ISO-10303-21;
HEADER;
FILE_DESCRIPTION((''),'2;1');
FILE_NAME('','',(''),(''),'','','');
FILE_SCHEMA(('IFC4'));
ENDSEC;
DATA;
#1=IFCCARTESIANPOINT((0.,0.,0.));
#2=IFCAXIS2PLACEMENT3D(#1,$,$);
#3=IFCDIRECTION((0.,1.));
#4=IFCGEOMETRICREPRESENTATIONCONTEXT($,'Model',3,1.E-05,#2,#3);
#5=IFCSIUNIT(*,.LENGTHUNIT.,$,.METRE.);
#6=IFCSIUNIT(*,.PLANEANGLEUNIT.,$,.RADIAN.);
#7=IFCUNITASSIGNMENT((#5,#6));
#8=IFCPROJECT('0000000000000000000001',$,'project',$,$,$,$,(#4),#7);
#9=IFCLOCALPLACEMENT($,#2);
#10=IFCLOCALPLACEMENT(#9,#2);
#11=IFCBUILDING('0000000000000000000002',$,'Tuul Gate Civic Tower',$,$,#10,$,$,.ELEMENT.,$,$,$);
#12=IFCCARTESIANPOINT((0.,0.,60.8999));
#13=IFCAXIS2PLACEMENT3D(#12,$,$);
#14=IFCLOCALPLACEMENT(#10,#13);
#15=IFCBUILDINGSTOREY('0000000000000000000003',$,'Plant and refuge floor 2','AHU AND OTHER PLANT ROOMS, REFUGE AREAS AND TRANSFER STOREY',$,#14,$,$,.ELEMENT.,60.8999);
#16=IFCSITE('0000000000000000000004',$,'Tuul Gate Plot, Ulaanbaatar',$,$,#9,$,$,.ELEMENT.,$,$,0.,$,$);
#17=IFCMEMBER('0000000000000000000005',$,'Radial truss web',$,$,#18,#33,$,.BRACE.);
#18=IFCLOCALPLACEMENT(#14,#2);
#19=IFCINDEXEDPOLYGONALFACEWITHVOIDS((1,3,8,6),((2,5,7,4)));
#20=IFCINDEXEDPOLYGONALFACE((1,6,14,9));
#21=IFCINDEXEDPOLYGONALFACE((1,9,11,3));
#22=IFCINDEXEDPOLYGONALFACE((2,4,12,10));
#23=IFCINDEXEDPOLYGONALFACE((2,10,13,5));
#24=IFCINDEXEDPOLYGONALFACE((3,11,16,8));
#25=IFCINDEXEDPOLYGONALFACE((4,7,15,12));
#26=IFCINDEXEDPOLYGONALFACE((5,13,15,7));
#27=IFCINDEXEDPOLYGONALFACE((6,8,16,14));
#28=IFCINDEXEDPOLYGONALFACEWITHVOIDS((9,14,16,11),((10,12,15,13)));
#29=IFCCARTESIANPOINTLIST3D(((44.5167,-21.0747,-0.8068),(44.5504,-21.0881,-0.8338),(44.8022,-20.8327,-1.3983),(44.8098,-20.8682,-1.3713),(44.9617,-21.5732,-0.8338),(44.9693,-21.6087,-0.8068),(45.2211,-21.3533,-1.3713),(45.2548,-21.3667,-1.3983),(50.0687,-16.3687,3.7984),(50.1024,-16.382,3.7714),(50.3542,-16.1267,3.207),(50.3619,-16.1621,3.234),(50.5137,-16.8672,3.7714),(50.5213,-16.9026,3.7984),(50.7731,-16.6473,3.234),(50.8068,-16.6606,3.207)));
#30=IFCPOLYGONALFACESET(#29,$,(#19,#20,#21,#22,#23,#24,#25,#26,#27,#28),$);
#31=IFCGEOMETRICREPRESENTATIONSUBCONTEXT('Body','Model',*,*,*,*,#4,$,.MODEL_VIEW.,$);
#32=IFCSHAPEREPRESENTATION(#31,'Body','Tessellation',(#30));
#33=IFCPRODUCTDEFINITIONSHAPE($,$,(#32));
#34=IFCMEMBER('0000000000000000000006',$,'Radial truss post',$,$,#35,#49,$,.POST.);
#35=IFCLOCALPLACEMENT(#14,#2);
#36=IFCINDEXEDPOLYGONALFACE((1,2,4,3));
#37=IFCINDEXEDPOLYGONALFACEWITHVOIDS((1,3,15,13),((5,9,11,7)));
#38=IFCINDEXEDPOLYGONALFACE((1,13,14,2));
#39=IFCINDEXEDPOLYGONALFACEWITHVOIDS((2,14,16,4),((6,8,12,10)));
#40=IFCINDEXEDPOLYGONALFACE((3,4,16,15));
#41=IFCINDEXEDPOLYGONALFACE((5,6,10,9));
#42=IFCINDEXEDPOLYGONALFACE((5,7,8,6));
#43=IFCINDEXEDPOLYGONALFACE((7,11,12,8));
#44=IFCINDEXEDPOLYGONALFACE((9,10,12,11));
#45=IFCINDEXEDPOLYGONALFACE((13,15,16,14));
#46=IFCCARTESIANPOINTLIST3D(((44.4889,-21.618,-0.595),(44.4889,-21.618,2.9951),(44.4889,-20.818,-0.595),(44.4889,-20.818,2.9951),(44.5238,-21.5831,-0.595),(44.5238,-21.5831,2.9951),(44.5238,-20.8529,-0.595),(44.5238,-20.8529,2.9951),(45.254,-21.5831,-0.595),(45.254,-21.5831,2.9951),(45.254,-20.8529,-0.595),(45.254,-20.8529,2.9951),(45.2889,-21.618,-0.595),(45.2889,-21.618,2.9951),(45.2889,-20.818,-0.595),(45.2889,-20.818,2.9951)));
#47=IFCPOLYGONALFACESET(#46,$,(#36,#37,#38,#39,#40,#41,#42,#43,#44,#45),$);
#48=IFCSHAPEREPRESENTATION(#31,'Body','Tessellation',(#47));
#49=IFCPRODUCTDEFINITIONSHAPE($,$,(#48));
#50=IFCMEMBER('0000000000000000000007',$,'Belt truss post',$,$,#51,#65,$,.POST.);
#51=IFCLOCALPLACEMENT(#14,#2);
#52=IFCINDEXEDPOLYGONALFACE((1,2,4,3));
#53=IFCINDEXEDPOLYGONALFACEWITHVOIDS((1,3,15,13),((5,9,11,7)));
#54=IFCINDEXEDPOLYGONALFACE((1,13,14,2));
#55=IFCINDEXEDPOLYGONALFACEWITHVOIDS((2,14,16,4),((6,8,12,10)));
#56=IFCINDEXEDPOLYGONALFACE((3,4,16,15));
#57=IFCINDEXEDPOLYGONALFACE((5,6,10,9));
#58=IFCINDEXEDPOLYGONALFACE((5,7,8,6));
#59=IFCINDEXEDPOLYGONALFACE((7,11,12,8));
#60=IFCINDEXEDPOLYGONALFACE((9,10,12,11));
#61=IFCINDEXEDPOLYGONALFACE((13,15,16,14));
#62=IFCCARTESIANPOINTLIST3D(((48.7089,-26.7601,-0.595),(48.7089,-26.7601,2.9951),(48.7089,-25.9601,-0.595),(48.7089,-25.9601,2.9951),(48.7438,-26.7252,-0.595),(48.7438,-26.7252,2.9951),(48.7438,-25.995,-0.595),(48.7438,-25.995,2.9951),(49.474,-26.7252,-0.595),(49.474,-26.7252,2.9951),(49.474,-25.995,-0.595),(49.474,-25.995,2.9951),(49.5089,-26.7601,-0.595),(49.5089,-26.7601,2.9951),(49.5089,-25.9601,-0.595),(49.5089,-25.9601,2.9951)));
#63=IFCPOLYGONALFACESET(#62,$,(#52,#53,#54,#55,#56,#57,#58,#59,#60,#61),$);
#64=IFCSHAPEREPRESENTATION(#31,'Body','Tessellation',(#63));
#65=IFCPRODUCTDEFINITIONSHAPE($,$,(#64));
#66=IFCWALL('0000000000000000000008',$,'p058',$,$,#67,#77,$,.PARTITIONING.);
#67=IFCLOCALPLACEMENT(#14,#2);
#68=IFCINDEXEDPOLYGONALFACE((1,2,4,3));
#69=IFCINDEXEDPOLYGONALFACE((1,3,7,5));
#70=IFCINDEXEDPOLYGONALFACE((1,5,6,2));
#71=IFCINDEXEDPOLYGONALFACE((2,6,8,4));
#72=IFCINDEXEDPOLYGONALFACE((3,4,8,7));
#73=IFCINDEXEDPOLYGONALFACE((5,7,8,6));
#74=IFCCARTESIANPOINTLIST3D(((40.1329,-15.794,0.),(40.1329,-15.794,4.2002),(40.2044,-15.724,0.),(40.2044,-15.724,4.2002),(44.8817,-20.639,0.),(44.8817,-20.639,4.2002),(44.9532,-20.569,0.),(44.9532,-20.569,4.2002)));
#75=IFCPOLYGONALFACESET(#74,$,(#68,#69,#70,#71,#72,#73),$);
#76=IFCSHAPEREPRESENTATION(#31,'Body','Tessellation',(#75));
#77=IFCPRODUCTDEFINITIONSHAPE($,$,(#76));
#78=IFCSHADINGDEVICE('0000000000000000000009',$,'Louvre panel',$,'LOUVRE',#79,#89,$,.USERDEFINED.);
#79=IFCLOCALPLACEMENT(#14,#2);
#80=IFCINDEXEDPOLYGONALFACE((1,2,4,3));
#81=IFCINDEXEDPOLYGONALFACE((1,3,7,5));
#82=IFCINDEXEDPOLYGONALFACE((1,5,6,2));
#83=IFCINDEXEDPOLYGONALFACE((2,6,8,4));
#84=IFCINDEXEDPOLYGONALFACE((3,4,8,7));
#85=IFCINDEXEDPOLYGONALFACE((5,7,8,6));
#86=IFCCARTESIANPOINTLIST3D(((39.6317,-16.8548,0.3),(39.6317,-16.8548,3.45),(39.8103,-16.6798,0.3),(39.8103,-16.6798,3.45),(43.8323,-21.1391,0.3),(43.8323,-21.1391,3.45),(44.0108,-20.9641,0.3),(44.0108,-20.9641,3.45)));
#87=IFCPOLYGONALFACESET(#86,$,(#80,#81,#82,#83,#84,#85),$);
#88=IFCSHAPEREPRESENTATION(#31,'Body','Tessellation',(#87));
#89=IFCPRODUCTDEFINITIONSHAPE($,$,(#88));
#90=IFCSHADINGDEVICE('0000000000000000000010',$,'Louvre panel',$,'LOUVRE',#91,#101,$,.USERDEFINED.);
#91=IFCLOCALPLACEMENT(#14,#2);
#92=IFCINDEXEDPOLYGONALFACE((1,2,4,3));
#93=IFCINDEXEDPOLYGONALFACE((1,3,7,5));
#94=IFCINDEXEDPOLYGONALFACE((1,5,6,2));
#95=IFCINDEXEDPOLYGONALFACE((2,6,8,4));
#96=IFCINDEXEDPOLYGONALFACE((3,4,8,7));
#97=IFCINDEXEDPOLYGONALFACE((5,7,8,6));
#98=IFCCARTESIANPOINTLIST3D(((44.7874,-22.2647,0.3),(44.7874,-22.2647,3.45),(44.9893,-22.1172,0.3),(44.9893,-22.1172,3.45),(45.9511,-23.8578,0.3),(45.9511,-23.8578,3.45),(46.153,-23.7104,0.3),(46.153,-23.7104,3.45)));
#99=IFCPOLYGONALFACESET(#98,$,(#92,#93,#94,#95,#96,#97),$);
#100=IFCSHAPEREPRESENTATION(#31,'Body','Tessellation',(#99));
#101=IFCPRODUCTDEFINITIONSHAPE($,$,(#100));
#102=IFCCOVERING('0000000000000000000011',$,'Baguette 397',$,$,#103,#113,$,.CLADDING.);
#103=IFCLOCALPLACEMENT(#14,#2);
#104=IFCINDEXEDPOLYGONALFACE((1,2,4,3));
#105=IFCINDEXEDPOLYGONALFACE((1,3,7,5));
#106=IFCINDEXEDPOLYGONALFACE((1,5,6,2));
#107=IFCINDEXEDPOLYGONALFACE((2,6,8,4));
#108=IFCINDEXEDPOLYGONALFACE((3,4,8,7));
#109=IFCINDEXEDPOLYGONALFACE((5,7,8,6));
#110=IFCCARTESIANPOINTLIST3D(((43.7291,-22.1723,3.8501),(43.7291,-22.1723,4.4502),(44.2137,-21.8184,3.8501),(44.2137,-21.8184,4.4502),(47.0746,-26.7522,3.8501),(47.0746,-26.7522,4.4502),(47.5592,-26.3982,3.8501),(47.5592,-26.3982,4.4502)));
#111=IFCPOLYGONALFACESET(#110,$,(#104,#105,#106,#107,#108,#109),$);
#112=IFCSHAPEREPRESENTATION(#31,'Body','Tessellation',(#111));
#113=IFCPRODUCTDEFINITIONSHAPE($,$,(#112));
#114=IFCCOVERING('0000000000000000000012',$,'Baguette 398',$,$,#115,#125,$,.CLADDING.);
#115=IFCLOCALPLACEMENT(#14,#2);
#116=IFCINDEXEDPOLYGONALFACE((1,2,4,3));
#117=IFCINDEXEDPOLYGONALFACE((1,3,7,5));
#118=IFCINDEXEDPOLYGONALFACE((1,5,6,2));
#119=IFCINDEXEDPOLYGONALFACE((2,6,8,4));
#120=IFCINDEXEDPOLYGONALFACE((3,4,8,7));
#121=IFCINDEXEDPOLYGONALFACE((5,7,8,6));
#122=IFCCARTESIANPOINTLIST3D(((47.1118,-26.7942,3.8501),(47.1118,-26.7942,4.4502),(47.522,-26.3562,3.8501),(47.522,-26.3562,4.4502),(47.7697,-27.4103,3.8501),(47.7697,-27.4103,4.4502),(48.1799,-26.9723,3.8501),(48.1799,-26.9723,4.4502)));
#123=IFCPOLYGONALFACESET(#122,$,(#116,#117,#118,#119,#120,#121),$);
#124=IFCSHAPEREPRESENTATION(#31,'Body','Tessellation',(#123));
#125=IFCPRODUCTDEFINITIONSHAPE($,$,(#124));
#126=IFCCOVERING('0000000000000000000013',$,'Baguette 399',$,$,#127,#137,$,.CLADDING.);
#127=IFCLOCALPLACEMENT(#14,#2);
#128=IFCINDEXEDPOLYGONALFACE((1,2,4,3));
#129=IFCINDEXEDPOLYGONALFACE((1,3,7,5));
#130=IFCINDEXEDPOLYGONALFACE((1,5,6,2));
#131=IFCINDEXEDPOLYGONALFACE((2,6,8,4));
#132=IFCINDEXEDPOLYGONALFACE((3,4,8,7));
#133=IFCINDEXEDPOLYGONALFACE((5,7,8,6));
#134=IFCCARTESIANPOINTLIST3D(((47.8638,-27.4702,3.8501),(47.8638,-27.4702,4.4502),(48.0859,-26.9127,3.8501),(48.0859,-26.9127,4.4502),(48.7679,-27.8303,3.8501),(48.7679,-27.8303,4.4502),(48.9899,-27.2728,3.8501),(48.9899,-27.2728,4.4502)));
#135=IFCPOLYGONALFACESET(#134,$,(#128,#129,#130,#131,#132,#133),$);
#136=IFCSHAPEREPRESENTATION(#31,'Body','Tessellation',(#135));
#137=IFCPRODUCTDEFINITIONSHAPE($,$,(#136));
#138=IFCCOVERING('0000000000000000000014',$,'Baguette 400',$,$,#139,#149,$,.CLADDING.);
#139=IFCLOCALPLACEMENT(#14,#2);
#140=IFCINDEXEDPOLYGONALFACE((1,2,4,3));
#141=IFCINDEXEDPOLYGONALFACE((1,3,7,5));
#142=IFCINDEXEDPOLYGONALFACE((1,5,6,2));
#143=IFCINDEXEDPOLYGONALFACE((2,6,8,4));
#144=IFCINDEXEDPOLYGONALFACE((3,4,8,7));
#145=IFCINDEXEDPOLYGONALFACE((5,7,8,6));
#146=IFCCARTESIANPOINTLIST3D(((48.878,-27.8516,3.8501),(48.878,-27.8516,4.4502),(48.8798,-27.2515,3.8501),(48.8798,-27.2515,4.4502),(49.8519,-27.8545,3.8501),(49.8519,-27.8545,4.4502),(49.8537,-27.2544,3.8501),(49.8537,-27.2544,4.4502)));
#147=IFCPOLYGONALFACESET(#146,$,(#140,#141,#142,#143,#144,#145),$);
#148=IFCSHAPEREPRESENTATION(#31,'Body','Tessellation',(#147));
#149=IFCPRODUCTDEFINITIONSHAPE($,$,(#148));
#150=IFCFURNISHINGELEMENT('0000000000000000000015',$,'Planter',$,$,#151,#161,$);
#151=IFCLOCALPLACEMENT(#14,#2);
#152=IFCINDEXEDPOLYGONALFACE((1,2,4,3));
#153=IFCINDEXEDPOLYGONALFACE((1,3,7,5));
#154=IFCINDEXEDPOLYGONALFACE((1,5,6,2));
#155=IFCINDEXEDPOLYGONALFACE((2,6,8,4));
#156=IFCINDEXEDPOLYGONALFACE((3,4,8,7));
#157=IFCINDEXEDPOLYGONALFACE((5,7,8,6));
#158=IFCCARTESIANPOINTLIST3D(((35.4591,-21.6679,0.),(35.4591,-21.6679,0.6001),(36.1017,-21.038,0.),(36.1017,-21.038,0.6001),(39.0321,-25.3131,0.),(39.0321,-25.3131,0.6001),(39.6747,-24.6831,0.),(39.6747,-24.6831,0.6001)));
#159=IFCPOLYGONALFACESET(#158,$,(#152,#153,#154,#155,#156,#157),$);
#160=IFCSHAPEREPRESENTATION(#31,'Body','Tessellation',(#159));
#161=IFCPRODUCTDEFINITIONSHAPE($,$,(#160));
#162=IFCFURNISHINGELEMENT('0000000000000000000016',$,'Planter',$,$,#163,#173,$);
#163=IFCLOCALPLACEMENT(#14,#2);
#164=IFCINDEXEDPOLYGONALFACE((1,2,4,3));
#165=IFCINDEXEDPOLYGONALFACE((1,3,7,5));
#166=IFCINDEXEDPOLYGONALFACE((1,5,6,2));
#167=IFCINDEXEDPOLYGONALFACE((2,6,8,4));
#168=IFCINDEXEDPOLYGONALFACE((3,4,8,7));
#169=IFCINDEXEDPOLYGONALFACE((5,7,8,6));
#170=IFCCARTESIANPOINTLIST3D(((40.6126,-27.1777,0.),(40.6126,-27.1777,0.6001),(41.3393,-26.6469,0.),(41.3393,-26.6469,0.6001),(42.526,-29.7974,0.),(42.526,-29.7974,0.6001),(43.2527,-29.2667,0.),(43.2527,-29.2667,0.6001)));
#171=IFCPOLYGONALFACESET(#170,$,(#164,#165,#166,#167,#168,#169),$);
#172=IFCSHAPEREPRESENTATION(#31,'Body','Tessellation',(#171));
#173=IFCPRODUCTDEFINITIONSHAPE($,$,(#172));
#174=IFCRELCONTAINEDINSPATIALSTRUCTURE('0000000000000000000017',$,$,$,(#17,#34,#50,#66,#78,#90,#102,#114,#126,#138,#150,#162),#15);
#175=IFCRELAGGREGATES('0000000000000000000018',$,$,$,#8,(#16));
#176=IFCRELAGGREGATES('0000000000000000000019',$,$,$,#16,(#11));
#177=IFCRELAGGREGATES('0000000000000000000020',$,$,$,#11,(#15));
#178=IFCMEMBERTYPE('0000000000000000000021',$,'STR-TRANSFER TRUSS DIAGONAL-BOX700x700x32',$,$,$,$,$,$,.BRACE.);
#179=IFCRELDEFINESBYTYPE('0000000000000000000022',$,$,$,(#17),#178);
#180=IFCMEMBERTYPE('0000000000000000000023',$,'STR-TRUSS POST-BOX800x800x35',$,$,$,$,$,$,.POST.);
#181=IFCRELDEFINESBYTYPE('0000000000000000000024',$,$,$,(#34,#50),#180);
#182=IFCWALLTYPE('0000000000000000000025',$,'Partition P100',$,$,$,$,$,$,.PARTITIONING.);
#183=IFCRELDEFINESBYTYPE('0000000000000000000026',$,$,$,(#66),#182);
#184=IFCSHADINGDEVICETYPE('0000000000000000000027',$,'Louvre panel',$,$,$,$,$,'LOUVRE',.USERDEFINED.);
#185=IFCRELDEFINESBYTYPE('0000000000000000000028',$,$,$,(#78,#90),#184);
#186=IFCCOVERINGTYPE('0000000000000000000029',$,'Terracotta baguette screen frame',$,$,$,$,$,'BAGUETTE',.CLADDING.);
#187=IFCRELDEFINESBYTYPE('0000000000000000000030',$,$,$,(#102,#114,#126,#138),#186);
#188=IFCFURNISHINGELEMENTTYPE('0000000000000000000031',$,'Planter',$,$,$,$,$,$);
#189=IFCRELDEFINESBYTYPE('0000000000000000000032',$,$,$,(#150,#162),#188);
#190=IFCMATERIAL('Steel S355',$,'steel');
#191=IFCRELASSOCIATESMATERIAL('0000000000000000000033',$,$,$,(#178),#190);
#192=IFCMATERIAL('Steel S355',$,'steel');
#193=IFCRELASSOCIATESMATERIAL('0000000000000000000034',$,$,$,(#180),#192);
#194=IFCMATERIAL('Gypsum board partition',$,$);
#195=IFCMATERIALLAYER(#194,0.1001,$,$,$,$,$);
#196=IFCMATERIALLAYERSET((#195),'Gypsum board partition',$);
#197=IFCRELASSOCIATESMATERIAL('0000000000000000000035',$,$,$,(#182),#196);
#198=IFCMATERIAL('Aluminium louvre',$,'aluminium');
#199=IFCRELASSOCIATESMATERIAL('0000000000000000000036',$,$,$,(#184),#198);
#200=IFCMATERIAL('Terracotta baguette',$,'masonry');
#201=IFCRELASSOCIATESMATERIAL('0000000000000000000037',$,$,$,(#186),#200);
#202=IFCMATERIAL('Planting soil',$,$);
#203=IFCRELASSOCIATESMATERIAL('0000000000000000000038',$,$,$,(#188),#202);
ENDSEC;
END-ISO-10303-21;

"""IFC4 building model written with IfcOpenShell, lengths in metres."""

from ifc_helpers import new_model, si_unit, direction, frame, frame_2d, origin, origin_2d, place, context, subcontext, project, spatial, rectangle, hollow_rectangle, extrude, material, layer, layer_set, material_profile, profile_set, type_object, element, save


model = new_model("IFC4")

# Units and contexts
model_context = context("Model", 3, precision=1e-05, world=origin(), true_north=direction((0.0, 1.0)))
body_context = subcontext(model_context, "Body", "Model", "MODEL_VIEW")
ifc_project = project(units=[si_unit("LENGTHUNIT", "METRE"), si_unit("PLANEANGLEUNIT", "RADIAN")], contexts=[model_context])

# Site, building, storey
site_placement = place(None, origin())
site = spatial("IfcSite", under=ifc_project, at=site_placement, Name="Tuul Gate Plot, Ulaanbaatar", CompositionType="ELEMENT", RefElevation=0.0)
building_placement = place(site_placement, origin())
building = spatial("IfcBuilding", under=site, at=building_placement, Name="Tuul Gate Civic Tower", CompositionType="ELEMENT")
storey_placement = place(building_placement, frame((0.0, 0.0, 60.8999)))
storey = spatial("IfcBuildingStorey", under=building, at=storey_placement, Name="Plant and refuge floor 2", Description="AHU AND OTHER PLANT ROOMS, REFUGE AREAS AND TRANSFER STOREY", CompositionType="ELEMENT", Elevation=60.8999)

# Members
ifc_material_1 = material(Name="Steel S355", Category="steel")
ifc_material_profile_1 = material_profile(ifc_material_1, hollow_rectangle(XDim=0.7, YDim=0.7, WallThickness=0.032, at=origin_2d()), Name="BOX700x700x32")
ifc_profile_set_1 = profile_set([ifc_material_profile_1], Name="Steel S355")
member_type_1 = type_object("IfcMemberType", Name="STR-TRANSFER TRUSS DIAGONAL-BOX700x700x32", PredefinedType="BRACE", material=ifc_profile_set_1)
member_placement = place(storey_placement, frame((44.8857, -21.2207, -1.1025), z_axis=(0.644625, 0.546404, 0.534697), x_axis=(-0.646599, 0.76283, 0.0)))
element("IfcMember", 1, at=member_placement, inside=storey, type_object=member_type_1, Name="Radial truss web", PredefinedType="BRACE", context=body_context, shape_type="SweptSolid", body=[
    extrude(hollow_rectangle(XDim=0.7, YDim=0.7, WallThickness=0.032, at=origin_2d()), origin(), (0.0, 0.0, 1.0), 8.6128),
])
ifc_material_2 = material(Name="Steel S355", Category="steel")
ifc_material_profile_2 = material_profile(ifc_material_2, hollow_rectangle(XDim=0.8, YDim=0.8, WallThickness=0.0349, at=origin_2d()), Name="BOX800x800x35")
ifc_profile_set_2 = profile_set([ifc_material_profile_2], Name="Steel S355")
member_type_2 = type_object("IfcMemberType", Name="STR-TRUSS POST-BOX800x800x35", PredefinedType="POST", material=ifc_profile_set_2)
for number, where, z_axis, x_axis, name in (
    (2, (44.8889, -21.218, -0.595), (0.0, 0.0, 1.0), (1.0, 0.0, 0.0), "Radial truss post"),
    (3, (49.1089, -26.3601, -0.595), (0.0, 0.0, 1.0), (1.0, 0.0, 0.0), "Belt truss post"),
):
    element("IfcMember", number, at=place(storey_placement, frame(where, z_axis=z_axis, x_axis=x_axis)), inside=storey, type_object=member_type_2, Name=name, PredefinedType="POST", context=body_context, shape_type="SweptSolid", body=[
        extrude(hollow_rectangle(XDim=0.8, YDim=0.8, WallThickness=0.0349, at=origin_2d()), origin(), (0.0, 0.0, 1.0), 3.5901),
    ])

# Wall
ifc_material_3 = material(Name="Gypsum board partition")
ifc_layer_1 = layer(ifc_material_3, 0.1001)
ifc_layer_set_1 = layer_set([ifc_layer_1], Name="Gypsum board partition")
wall_type_1 = type_object("IfcWallType", Name="Partition P100", PredefinedType="PARTITIONING", material=ifc_layer_set_1)
wall_1_placement = place(storey_placement, frame((44.9175, -20.604, 0.0), z_axis=(0.0, 0.0, 1.0), x_axis=(-0.699982, 0.714161, 0.0)))
element("IfcWall", 4, at=wall_1_placement, inside=storey, type_object=wall_type_1, Name="p058", PredefinedType="PARTITIONING", context=body_context, shape_type="SweptSolid", body=[
    extrude(rectangle(XDim=6.7842, YDim=0.1001, at=frame_2d((3.3921, 0.0))), origin(), (0.0, 0.0, 1.0), 4.2002),
])

# Shading devices
ifc_material_4 = material(Name="Aluminium louvre", Category="aluminium")
shading_device_type = type_object("IfcShadingDeviceType", Name="Louvre panel", ElementType="LOUVRE", PredefinedType="USERDEFINED", material=ifc_material_4)
shading_device_1_placement = place(storey_placement, frame((41.8213, -18.9094, 0.3), z_axis=(0.0, 0.0, 1.0), x_axis=(-0.714048, -0.700097, 0.0)))
element("IfcShadingDevice", 5, at=shading_device_1_placement, inside=storey, type_object=shading_device_type, Name="Louvre panel", ObjectType="LOUVRE", PredefinedType="USERDEFINED", context=body_context, shape_type="SweptSolid", body=[
    extrude(rectangle(XDim=0.25, YDim=6.0, at=origin_2d()), origin(), (0.0, 0.0, 1.0), 3.1499),
])
shading_device_2_placement = place(storey_placement, frame((45.4702, -22.9875, 0.3), z_axis=(0.0, 0.0, 1.0), x_axis=(-0.807511, -0.589853, 0.0)))
element("IfcShadingDevice", 6, at=shading_device_2_placement, inside=storey, type_object=shading_device_type, Name="Louvre panel", ObjectType="LOUVRE", PredefinedType="USERDEFINED", context=body_context, shape_type="SweptSolid", body=[
    extrude(rectangle(XDim=0.25, YDim=1.9729, at=origin_2d()), origin(), (0.0, 0.0, 1.0), 3.1499),
])

# Coverings
ifc_material_5 = material(Name="Terracotta baguette", Category="masonry")
ifc_material_profile_3 = material_profile(ifc_material_5, rectangle(XDim=0.6001, YDim=0.6001, at=origin_2d()), Name="Terracotta baguette screen frame")
ifc_profile_set_3 = profile_set([ifc_material_profile_3], Name="Terracotta baguette")
covering_type = type_object("IfcCoveringType", Name="Terracotta baguette screen frame", ElementType="BAGUETTE", PredefinedType="CLADDING", material=ifc_profile_set_3)
covering_1_placement = place(storey_placement, frame((43.9714, -21.9954, 4.1501), z_axis=(0.589862, -0.807504, 0.0), x_axis=(0.807504, 0.589862, 0.0)))
element("IfcCovering", 7, at=covering_1_placement, inside=storey, type_object=covering_type, Name="Baguette 397", PredefinedType="CLADDING", context=body_context, shape_type="SweptSolid", body=[
    extrude(rectangle(XDim=0.6001, YDim=0.6001, at=origin_2d()), origin(), (0.0, 0.0, 1.0), 5.6716),
])
covering_2_placement = place(storey_placement, frame((47.3169, -26.5752, 4.1501), z_axis=(0.729883, -0.683572, 0.0), x_axis=(0.683572, 0.729883, 0.0)))
element("IfcCovering", 8, at=covering_2_placement, inside=storey, type_object=covering_type, Name="Baguette 398", PredefinedType="CLADDING", context=body_context, shape_type="SweptSolid", body=[
    extrude(rectangle(XDim=0.6001, YDim=0.6001, at=origin_2d()), origin(), (0.0, 0.0, 1.0), 0.9014),
])
covering_3_placement = place(storey_placement, frame((47.9749, -27.1914, 4.1501), z_axis=(0.929012, -0.370049, 0.0), x_axis=(0.370049, 0.929012, 0.0)))
element("IfcCovering", 9, at=covering_3_placement, inside=storey, type_object=covering_type, Name="Baguette 399", PredefinedType="CLADDING", context=body_context, shape_type="SweptSolid", body=[
    extrude(rectangle(XDim=0.6001, YDim=0.6001, at=origin_2d()), origin(), (0.0, 0.0, 1.0), 0.9731),
])
covering_4_placement = place(storey_placement, frame((48.8789, -27.5515, 4.1501), z_axis=(0.999995, -0.003008, 0.0), x_axis=(0.003008, 0.999995, 0.0)))
element("IfcCovering", 10, at=covering_4_placement, inside=storey, type_object=covering_type, Name="Baguette 400", PredefinedType="CLADDING", context=body_context, shape_type="SweptSolid", body=[
    extrude(rectangle(XDim=0.6001, YDim=0.6001, at=origin_2d()), origin(), (0.0, 0.0, 1.0), 0.9739),
])

# Furnishing elements
ifc_material_6 = material(Name="Planting soil")
furnishing_element_type = type_object("IfcFurnishingElementType", Name="Planter", material=ifc_material_6)
furnishing_1_placement = place(storey_placement, frame((37.5669, -23.1755, 0.0), z_axis=(0.0, 0.0, 1.0), x_axis=(0.700009, -0.714134, 0.0)))
element("IfcFurnishingElement", 11, at=furnishing_1_placement, inside=storey, type_object=furnishing_element_type, Name="Planter", context=body_context, shape_type="SweptSolid", body=[
    extrude(rectangle(XDim=5.1042, YDim=0.8999, at=origin_2d()), origin(), (0.0, 0.0, 1.0), 0.6001),
])
furnishing_2_placement = place(storey_placement, frame((41.9326, -28.2222, 0.0), z_axis=(0.0, 0.0, 1.0), x_axis=(0.589803, -0.807547, 0.0)))
element("IfcFurnishingElement", 12, at=furnishing_2_placement, inside=storey, type_object=furnishing_element_type, Name="Planter", context=body_context, shape_type="SweptSolid", body=[
    extrude(rectangle(XDim=3.2441, YDim=0.8999, at=origin_2d()), origin(), (0.0, 0.0, 1.0), 0.6001),
])

save(model, "model.ifc")
